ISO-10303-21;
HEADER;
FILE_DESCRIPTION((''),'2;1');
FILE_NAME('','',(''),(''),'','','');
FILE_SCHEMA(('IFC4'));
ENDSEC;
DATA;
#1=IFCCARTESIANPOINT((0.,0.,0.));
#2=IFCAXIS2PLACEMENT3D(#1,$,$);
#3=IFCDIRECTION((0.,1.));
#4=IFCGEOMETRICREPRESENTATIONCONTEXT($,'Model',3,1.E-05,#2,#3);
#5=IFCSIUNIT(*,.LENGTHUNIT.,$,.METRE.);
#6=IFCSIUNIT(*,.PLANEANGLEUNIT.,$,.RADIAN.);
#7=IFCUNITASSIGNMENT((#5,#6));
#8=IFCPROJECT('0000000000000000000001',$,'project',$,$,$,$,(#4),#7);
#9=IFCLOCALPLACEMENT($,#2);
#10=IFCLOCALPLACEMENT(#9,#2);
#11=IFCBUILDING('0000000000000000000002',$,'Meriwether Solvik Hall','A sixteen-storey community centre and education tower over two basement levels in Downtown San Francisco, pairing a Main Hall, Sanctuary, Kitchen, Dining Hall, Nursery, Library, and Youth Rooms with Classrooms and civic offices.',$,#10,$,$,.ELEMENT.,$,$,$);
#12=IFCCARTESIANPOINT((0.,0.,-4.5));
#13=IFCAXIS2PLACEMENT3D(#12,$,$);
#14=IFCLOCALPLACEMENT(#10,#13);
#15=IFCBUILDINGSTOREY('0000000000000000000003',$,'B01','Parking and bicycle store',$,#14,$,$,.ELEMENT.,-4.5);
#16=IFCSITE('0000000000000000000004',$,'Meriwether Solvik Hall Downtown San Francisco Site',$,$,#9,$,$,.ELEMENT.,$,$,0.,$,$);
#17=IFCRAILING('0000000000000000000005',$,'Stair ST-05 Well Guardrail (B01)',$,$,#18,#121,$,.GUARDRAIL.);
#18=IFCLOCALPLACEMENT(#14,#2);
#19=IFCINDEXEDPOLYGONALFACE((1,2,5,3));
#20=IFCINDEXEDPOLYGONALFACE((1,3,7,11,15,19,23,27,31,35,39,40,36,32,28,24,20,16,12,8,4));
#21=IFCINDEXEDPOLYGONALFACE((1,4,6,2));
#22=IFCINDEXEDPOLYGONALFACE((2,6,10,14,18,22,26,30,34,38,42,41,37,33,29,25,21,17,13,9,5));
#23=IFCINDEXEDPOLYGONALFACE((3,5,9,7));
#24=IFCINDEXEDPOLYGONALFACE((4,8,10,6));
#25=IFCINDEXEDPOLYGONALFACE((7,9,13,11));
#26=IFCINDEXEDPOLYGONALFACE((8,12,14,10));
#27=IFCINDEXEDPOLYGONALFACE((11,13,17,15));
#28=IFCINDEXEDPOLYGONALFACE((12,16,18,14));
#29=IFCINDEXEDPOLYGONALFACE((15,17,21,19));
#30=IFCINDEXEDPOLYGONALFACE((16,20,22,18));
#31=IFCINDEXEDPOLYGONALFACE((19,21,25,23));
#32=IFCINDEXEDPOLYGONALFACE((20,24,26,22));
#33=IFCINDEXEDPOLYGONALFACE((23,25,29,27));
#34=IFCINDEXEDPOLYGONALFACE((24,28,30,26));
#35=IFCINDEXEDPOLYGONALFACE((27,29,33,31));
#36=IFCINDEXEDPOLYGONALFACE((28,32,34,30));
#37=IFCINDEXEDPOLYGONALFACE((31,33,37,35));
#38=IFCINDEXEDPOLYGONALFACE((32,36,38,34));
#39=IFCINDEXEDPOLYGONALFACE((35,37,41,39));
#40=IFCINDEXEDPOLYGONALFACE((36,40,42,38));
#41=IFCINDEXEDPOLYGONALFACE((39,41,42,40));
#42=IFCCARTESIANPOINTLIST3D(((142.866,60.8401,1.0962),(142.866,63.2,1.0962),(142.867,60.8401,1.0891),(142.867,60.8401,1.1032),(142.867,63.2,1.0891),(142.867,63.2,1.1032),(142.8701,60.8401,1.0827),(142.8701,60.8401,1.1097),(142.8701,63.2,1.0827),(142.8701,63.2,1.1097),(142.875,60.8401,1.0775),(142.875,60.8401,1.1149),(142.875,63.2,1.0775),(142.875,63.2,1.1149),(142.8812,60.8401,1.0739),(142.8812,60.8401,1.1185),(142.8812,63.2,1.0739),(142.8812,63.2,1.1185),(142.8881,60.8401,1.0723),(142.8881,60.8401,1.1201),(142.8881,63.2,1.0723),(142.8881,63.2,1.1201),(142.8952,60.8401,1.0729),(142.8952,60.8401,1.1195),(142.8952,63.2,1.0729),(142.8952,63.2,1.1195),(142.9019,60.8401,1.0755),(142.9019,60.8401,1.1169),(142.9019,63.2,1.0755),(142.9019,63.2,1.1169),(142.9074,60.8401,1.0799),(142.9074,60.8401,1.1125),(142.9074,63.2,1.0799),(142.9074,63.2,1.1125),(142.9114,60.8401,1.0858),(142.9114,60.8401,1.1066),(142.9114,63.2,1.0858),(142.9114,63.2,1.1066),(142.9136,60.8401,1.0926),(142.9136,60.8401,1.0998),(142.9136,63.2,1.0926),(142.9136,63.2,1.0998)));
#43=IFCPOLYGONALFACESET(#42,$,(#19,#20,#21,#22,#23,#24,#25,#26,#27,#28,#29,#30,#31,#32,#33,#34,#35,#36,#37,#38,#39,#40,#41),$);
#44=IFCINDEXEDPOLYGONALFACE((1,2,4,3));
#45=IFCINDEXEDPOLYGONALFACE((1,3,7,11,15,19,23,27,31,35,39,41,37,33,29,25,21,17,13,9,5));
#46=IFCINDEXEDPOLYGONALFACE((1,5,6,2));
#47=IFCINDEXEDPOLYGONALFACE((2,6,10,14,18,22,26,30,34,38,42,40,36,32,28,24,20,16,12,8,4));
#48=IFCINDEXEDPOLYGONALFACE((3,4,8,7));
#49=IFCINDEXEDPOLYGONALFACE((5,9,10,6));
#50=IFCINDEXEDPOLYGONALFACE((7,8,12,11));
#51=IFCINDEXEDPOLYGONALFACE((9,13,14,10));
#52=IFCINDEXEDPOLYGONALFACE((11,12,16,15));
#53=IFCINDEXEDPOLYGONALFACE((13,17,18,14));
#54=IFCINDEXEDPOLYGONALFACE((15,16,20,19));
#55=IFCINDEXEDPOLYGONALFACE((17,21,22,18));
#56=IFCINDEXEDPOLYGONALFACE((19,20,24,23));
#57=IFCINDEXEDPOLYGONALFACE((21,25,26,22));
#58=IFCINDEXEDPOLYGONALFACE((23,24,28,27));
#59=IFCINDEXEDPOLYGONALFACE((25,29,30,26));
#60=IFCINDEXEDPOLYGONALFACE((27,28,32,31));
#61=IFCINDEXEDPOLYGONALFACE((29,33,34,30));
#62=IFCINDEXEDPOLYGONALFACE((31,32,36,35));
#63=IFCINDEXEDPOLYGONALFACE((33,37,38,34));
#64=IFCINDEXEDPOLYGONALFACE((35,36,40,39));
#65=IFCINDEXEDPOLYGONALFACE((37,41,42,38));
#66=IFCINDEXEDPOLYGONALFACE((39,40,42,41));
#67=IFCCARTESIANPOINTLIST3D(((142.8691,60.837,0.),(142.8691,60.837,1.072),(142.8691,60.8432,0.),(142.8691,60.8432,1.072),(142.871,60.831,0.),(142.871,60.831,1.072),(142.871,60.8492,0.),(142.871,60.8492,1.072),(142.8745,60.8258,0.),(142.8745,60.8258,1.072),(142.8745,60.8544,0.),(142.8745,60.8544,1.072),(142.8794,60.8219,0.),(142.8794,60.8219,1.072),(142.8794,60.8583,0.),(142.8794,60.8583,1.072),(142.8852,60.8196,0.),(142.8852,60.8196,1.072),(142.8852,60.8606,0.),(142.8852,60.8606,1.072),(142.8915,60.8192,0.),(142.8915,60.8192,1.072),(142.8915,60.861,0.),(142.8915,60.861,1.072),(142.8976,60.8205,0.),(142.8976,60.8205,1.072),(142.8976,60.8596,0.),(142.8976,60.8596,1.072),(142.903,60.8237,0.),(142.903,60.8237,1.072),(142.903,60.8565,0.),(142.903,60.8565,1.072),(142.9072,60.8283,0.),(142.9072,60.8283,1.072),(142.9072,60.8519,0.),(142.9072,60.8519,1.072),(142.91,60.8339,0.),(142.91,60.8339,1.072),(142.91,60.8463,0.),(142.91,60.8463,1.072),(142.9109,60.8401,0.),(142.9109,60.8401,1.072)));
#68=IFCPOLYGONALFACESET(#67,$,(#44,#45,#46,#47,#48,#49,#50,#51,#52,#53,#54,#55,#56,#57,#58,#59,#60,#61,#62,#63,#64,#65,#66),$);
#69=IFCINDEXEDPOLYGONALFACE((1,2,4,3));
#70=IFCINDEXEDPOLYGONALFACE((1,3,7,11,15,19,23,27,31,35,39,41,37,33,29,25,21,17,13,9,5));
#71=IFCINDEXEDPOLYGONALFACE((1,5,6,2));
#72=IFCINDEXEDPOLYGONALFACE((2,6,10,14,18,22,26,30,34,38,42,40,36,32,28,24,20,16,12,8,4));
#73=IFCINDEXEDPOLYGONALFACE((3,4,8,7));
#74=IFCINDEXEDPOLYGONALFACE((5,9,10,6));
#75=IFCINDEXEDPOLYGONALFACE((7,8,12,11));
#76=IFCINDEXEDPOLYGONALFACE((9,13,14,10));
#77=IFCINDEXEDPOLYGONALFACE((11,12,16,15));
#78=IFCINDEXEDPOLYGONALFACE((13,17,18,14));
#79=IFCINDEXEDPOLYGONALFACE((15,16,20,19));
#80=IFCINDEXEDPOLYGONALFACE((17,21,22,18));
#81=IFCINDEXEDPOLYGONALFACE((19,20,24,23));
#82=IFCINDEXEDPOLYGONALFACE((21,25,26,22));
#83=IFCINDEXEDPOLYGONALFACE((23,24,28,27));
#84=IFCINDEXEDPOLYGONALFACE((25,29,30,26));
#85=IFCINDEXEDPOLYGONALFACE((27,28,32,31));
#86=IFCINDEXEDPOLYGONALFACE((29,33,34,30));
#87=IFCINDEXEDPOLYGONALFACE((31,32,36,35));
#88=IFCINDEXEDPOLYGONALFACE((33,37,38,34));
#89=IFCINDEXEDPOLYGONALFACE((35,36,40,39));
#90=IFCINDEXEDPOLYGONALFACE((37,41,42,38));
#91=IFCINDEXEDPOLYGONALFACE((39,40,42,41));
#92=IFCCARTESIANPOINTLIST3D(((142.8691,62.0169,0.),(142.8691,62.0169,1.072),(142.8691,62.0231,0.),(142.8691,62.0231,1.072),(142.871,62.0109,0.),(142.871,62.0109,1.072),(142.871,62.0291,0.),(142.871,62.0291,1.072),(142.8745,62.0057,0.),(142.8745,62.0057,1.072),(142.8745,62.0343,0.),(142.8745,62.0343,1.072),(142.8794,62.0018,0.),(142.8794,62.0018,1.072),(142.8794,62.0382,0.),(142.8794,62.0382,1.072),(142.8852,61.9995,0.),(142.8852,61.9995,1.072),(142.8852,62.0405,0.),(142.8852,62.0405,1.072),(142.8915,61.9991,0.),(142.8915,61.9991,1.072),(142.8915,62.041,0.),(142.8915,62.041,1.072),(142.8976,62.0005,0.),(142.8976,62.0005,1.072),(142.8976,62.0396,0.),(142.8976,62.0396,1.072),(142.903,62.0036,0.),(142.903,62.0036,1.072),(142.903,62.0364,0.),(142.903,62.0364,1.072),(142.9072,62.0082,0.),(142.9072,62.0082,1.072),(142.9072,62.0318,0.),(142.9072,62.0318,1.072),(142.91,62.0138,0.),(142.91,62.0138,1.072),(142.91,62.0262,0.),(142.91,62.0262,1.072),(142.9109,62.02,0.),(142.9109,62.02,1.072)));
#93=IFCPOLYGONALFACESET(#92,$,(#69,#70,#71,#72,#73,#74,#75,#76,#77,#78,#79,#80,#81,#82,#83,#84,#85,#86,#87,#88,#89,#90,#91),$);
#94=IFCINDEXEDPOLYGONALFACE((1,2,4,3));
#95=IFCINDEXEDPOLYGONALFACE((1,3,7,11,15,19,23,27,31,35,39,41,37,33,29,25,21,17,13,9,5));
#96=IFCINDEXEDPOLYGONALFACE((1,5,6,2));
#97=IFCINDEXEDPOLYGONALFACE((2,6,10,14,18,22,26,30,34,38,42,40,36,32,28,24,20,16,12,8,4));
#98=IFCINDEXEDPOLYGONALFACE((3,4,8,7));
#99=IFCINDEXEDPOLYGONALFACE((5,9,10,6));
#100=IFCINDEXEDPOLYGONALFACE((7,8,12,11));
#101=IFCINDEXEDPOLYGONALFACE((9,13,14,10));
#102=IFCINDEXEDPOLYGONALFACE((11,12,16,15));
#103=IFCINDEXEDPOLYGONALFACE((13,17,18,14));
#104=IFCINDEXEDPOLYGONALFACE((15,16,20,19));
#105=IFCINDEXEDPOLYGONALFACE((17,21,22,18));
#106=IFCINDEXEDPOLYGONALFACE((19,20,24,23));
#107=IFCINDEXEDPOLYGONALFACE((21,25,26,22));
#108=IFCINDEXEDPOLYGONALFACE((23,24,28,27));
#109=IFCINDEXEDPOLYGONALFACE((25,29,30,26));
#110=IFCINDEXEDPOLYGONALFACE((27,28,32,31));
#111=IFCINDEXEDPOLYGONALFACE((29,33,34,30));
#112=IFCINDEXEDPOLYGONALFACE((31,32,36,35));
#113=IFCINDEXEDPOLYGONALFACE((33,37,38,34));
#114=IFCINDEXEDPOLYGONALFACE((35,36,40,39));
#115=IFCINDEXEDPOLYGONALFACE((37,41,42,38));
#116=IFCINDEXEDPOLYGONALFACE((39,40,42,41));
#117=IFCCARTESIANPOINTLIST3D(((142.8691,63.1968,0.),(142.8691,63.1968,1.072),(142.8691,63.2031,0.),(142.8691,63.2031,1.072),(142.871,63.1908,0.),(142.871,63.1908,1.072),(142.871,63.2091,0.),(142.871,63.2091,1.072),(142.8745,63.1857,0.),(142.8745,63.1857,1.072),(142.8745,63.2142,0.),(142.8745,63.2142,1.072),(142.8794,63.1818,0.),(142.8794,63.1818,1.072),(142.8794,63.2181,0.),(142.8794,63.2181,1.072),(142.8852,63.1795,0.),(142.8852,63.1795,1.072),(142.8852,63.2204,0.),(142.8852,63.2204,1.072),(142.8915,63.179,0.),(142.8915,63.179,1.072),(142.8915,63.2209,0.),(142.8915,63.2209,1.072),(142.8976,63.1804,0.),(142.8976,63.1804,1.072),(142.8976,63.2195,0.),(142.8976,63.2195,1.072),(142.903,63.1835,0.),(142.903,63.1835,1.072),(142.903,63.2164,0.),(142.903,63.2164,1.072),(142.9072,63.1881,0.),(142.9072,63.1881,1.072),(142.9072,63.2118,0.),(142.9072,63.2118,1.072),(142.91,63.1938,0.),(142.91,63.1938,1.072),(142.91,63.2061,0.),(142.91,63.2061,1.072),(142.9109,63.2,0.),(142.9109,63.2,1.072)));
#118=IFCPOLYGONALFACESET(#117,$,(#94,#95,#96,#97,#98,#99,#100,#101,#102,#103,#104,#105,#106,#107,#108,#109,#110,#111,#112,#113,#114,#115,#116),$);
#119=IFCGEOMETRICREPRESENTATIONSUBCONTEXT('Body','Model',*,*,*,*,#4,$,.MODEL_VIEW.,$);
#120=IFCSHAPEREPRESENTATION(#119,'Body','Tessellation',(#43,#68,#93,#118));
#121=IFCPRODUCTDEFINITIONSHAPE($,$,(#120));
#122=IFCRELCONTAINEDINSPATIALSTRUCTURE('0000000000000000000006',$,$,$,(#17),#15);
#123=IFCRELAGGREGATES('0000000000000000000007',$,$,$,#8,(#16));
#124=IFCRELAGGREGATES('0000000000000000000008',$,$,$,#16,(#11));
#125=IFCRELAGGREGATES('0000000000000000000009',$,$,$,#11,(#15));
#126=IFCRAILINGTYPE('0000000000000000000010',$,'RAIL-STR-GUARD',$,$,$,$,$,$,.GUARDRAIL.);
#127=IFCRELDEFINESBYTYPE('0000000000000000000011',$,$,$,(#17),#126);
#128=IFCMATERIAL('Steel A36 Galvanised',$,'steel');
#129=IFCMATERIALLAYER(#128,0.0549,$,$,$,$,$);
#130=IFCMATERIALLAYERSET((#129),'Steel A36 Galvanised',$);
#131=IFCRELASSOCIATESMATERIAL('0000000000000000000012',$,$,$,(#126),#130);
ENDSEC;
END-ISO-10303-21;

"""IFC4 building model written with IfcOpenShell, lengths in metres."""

from ifc_helpers import new_model, si_unit, direction, frame, origin, origin_2d, place, context, subcontext, project, spatial, circle, extrude, material, layer, layer_set, type_object, element, save


model = new_model("IFC4")

# Units and contexts
model_context = context("Model", 3, precision=1e-05, world=origin(), true_north=direction((0.0, 1.0)))
body_context = subcontext(model_context, "Body", "Model", "MODEL_VIEW")
ifc_project = project(units=[si_unit("LENGTHUNIT", "METRE"), si_unit("PLANEANGLEUNIT", "RADIAN")], contexts=[model_context])

# Site, building, storey
site_placement = place(None, origin())
site = spatial("IfcSite", under=ifc_project, at=site_placement, Name="Meriwether Solvik Hall Downtown San Francisco Site", CompositionType="ELEMENT", RefElevation=0.0)
building_placement = place(site_placement, origin())
building = spatial("IfcBuilding", under=site, at=building_placement, Name="Meriwether Solvik Hall", Description="A sixteen-storey community centre and education tower over two basement levels in Downtown San Francisco, pairing a Main Hall, Sanctuary, Kitchen, Dining Hall, Nursery, Library, and Youth Rooms with Classrooms and civic offices.", CompositionType="ELEMENT")
storey_placement = place(building_placement, frame((0.0, 0.0, -4.5)))
storey = spatial("IfcBuildingStorey", under=building, at=storey_placement, Name="B01", Description="Parking and bicycle store", CompositionType="ELEMENT", Elevation=-4.5)

# Railing
ifc_material_1 = material(Name="Steel A36 Galvanised", Category="steel")
ifc_layer_1 = layer(ifc_material_1, 0.0549)
ifc_layer_set_1 = layer_set([ifc_layer_1], Name="Steel A36 Galvanised")
railing_type = type_object("IfcRailingType", Name="RAIL-STR-GUARD", PredefinedType="GUARDRAIL", material=ifc_layer_set_1)
railing_1_placement = place(storey_placement, frame((142.8899, 60.8401, 0.0)))
element("IfcRailing", 1, at=railing_1_placement, inside=storey, type_object=railing_type, Name="Stair ST-05 Well Guardrail (B01)", PredefinedType="GUARDRAIL", context=body_context, shape_type="SweptSolid", body=[
    extrude(circle(Radius=0.0239, at=origin_2d()), frame((0.0, 0.0, 1.0962), z_axis=(0.0, 1.0, 0.0), x_axis=(-1.0, 0.0, 0.0)), (0.0, 0.0, 1.0), 2.3599),
    extrude(circle(Radius=0.021, at=origin_2d()), origin(), (0.0, 0.0, 1.0), 1.072),
    extrude(circle(Radius=0.021, at=origin_2d()), frame((0.0, 1.1799, 0.0)), (0.0, 0.0, 1.0), 1.072),
    extrude(circle(Radius=0.021, at=origin_2d()), frame((0.0, 2.3599, 0.0)), (0.0, 0.0, 1.0), 1.072),
])

save(model, "model.ifc")
